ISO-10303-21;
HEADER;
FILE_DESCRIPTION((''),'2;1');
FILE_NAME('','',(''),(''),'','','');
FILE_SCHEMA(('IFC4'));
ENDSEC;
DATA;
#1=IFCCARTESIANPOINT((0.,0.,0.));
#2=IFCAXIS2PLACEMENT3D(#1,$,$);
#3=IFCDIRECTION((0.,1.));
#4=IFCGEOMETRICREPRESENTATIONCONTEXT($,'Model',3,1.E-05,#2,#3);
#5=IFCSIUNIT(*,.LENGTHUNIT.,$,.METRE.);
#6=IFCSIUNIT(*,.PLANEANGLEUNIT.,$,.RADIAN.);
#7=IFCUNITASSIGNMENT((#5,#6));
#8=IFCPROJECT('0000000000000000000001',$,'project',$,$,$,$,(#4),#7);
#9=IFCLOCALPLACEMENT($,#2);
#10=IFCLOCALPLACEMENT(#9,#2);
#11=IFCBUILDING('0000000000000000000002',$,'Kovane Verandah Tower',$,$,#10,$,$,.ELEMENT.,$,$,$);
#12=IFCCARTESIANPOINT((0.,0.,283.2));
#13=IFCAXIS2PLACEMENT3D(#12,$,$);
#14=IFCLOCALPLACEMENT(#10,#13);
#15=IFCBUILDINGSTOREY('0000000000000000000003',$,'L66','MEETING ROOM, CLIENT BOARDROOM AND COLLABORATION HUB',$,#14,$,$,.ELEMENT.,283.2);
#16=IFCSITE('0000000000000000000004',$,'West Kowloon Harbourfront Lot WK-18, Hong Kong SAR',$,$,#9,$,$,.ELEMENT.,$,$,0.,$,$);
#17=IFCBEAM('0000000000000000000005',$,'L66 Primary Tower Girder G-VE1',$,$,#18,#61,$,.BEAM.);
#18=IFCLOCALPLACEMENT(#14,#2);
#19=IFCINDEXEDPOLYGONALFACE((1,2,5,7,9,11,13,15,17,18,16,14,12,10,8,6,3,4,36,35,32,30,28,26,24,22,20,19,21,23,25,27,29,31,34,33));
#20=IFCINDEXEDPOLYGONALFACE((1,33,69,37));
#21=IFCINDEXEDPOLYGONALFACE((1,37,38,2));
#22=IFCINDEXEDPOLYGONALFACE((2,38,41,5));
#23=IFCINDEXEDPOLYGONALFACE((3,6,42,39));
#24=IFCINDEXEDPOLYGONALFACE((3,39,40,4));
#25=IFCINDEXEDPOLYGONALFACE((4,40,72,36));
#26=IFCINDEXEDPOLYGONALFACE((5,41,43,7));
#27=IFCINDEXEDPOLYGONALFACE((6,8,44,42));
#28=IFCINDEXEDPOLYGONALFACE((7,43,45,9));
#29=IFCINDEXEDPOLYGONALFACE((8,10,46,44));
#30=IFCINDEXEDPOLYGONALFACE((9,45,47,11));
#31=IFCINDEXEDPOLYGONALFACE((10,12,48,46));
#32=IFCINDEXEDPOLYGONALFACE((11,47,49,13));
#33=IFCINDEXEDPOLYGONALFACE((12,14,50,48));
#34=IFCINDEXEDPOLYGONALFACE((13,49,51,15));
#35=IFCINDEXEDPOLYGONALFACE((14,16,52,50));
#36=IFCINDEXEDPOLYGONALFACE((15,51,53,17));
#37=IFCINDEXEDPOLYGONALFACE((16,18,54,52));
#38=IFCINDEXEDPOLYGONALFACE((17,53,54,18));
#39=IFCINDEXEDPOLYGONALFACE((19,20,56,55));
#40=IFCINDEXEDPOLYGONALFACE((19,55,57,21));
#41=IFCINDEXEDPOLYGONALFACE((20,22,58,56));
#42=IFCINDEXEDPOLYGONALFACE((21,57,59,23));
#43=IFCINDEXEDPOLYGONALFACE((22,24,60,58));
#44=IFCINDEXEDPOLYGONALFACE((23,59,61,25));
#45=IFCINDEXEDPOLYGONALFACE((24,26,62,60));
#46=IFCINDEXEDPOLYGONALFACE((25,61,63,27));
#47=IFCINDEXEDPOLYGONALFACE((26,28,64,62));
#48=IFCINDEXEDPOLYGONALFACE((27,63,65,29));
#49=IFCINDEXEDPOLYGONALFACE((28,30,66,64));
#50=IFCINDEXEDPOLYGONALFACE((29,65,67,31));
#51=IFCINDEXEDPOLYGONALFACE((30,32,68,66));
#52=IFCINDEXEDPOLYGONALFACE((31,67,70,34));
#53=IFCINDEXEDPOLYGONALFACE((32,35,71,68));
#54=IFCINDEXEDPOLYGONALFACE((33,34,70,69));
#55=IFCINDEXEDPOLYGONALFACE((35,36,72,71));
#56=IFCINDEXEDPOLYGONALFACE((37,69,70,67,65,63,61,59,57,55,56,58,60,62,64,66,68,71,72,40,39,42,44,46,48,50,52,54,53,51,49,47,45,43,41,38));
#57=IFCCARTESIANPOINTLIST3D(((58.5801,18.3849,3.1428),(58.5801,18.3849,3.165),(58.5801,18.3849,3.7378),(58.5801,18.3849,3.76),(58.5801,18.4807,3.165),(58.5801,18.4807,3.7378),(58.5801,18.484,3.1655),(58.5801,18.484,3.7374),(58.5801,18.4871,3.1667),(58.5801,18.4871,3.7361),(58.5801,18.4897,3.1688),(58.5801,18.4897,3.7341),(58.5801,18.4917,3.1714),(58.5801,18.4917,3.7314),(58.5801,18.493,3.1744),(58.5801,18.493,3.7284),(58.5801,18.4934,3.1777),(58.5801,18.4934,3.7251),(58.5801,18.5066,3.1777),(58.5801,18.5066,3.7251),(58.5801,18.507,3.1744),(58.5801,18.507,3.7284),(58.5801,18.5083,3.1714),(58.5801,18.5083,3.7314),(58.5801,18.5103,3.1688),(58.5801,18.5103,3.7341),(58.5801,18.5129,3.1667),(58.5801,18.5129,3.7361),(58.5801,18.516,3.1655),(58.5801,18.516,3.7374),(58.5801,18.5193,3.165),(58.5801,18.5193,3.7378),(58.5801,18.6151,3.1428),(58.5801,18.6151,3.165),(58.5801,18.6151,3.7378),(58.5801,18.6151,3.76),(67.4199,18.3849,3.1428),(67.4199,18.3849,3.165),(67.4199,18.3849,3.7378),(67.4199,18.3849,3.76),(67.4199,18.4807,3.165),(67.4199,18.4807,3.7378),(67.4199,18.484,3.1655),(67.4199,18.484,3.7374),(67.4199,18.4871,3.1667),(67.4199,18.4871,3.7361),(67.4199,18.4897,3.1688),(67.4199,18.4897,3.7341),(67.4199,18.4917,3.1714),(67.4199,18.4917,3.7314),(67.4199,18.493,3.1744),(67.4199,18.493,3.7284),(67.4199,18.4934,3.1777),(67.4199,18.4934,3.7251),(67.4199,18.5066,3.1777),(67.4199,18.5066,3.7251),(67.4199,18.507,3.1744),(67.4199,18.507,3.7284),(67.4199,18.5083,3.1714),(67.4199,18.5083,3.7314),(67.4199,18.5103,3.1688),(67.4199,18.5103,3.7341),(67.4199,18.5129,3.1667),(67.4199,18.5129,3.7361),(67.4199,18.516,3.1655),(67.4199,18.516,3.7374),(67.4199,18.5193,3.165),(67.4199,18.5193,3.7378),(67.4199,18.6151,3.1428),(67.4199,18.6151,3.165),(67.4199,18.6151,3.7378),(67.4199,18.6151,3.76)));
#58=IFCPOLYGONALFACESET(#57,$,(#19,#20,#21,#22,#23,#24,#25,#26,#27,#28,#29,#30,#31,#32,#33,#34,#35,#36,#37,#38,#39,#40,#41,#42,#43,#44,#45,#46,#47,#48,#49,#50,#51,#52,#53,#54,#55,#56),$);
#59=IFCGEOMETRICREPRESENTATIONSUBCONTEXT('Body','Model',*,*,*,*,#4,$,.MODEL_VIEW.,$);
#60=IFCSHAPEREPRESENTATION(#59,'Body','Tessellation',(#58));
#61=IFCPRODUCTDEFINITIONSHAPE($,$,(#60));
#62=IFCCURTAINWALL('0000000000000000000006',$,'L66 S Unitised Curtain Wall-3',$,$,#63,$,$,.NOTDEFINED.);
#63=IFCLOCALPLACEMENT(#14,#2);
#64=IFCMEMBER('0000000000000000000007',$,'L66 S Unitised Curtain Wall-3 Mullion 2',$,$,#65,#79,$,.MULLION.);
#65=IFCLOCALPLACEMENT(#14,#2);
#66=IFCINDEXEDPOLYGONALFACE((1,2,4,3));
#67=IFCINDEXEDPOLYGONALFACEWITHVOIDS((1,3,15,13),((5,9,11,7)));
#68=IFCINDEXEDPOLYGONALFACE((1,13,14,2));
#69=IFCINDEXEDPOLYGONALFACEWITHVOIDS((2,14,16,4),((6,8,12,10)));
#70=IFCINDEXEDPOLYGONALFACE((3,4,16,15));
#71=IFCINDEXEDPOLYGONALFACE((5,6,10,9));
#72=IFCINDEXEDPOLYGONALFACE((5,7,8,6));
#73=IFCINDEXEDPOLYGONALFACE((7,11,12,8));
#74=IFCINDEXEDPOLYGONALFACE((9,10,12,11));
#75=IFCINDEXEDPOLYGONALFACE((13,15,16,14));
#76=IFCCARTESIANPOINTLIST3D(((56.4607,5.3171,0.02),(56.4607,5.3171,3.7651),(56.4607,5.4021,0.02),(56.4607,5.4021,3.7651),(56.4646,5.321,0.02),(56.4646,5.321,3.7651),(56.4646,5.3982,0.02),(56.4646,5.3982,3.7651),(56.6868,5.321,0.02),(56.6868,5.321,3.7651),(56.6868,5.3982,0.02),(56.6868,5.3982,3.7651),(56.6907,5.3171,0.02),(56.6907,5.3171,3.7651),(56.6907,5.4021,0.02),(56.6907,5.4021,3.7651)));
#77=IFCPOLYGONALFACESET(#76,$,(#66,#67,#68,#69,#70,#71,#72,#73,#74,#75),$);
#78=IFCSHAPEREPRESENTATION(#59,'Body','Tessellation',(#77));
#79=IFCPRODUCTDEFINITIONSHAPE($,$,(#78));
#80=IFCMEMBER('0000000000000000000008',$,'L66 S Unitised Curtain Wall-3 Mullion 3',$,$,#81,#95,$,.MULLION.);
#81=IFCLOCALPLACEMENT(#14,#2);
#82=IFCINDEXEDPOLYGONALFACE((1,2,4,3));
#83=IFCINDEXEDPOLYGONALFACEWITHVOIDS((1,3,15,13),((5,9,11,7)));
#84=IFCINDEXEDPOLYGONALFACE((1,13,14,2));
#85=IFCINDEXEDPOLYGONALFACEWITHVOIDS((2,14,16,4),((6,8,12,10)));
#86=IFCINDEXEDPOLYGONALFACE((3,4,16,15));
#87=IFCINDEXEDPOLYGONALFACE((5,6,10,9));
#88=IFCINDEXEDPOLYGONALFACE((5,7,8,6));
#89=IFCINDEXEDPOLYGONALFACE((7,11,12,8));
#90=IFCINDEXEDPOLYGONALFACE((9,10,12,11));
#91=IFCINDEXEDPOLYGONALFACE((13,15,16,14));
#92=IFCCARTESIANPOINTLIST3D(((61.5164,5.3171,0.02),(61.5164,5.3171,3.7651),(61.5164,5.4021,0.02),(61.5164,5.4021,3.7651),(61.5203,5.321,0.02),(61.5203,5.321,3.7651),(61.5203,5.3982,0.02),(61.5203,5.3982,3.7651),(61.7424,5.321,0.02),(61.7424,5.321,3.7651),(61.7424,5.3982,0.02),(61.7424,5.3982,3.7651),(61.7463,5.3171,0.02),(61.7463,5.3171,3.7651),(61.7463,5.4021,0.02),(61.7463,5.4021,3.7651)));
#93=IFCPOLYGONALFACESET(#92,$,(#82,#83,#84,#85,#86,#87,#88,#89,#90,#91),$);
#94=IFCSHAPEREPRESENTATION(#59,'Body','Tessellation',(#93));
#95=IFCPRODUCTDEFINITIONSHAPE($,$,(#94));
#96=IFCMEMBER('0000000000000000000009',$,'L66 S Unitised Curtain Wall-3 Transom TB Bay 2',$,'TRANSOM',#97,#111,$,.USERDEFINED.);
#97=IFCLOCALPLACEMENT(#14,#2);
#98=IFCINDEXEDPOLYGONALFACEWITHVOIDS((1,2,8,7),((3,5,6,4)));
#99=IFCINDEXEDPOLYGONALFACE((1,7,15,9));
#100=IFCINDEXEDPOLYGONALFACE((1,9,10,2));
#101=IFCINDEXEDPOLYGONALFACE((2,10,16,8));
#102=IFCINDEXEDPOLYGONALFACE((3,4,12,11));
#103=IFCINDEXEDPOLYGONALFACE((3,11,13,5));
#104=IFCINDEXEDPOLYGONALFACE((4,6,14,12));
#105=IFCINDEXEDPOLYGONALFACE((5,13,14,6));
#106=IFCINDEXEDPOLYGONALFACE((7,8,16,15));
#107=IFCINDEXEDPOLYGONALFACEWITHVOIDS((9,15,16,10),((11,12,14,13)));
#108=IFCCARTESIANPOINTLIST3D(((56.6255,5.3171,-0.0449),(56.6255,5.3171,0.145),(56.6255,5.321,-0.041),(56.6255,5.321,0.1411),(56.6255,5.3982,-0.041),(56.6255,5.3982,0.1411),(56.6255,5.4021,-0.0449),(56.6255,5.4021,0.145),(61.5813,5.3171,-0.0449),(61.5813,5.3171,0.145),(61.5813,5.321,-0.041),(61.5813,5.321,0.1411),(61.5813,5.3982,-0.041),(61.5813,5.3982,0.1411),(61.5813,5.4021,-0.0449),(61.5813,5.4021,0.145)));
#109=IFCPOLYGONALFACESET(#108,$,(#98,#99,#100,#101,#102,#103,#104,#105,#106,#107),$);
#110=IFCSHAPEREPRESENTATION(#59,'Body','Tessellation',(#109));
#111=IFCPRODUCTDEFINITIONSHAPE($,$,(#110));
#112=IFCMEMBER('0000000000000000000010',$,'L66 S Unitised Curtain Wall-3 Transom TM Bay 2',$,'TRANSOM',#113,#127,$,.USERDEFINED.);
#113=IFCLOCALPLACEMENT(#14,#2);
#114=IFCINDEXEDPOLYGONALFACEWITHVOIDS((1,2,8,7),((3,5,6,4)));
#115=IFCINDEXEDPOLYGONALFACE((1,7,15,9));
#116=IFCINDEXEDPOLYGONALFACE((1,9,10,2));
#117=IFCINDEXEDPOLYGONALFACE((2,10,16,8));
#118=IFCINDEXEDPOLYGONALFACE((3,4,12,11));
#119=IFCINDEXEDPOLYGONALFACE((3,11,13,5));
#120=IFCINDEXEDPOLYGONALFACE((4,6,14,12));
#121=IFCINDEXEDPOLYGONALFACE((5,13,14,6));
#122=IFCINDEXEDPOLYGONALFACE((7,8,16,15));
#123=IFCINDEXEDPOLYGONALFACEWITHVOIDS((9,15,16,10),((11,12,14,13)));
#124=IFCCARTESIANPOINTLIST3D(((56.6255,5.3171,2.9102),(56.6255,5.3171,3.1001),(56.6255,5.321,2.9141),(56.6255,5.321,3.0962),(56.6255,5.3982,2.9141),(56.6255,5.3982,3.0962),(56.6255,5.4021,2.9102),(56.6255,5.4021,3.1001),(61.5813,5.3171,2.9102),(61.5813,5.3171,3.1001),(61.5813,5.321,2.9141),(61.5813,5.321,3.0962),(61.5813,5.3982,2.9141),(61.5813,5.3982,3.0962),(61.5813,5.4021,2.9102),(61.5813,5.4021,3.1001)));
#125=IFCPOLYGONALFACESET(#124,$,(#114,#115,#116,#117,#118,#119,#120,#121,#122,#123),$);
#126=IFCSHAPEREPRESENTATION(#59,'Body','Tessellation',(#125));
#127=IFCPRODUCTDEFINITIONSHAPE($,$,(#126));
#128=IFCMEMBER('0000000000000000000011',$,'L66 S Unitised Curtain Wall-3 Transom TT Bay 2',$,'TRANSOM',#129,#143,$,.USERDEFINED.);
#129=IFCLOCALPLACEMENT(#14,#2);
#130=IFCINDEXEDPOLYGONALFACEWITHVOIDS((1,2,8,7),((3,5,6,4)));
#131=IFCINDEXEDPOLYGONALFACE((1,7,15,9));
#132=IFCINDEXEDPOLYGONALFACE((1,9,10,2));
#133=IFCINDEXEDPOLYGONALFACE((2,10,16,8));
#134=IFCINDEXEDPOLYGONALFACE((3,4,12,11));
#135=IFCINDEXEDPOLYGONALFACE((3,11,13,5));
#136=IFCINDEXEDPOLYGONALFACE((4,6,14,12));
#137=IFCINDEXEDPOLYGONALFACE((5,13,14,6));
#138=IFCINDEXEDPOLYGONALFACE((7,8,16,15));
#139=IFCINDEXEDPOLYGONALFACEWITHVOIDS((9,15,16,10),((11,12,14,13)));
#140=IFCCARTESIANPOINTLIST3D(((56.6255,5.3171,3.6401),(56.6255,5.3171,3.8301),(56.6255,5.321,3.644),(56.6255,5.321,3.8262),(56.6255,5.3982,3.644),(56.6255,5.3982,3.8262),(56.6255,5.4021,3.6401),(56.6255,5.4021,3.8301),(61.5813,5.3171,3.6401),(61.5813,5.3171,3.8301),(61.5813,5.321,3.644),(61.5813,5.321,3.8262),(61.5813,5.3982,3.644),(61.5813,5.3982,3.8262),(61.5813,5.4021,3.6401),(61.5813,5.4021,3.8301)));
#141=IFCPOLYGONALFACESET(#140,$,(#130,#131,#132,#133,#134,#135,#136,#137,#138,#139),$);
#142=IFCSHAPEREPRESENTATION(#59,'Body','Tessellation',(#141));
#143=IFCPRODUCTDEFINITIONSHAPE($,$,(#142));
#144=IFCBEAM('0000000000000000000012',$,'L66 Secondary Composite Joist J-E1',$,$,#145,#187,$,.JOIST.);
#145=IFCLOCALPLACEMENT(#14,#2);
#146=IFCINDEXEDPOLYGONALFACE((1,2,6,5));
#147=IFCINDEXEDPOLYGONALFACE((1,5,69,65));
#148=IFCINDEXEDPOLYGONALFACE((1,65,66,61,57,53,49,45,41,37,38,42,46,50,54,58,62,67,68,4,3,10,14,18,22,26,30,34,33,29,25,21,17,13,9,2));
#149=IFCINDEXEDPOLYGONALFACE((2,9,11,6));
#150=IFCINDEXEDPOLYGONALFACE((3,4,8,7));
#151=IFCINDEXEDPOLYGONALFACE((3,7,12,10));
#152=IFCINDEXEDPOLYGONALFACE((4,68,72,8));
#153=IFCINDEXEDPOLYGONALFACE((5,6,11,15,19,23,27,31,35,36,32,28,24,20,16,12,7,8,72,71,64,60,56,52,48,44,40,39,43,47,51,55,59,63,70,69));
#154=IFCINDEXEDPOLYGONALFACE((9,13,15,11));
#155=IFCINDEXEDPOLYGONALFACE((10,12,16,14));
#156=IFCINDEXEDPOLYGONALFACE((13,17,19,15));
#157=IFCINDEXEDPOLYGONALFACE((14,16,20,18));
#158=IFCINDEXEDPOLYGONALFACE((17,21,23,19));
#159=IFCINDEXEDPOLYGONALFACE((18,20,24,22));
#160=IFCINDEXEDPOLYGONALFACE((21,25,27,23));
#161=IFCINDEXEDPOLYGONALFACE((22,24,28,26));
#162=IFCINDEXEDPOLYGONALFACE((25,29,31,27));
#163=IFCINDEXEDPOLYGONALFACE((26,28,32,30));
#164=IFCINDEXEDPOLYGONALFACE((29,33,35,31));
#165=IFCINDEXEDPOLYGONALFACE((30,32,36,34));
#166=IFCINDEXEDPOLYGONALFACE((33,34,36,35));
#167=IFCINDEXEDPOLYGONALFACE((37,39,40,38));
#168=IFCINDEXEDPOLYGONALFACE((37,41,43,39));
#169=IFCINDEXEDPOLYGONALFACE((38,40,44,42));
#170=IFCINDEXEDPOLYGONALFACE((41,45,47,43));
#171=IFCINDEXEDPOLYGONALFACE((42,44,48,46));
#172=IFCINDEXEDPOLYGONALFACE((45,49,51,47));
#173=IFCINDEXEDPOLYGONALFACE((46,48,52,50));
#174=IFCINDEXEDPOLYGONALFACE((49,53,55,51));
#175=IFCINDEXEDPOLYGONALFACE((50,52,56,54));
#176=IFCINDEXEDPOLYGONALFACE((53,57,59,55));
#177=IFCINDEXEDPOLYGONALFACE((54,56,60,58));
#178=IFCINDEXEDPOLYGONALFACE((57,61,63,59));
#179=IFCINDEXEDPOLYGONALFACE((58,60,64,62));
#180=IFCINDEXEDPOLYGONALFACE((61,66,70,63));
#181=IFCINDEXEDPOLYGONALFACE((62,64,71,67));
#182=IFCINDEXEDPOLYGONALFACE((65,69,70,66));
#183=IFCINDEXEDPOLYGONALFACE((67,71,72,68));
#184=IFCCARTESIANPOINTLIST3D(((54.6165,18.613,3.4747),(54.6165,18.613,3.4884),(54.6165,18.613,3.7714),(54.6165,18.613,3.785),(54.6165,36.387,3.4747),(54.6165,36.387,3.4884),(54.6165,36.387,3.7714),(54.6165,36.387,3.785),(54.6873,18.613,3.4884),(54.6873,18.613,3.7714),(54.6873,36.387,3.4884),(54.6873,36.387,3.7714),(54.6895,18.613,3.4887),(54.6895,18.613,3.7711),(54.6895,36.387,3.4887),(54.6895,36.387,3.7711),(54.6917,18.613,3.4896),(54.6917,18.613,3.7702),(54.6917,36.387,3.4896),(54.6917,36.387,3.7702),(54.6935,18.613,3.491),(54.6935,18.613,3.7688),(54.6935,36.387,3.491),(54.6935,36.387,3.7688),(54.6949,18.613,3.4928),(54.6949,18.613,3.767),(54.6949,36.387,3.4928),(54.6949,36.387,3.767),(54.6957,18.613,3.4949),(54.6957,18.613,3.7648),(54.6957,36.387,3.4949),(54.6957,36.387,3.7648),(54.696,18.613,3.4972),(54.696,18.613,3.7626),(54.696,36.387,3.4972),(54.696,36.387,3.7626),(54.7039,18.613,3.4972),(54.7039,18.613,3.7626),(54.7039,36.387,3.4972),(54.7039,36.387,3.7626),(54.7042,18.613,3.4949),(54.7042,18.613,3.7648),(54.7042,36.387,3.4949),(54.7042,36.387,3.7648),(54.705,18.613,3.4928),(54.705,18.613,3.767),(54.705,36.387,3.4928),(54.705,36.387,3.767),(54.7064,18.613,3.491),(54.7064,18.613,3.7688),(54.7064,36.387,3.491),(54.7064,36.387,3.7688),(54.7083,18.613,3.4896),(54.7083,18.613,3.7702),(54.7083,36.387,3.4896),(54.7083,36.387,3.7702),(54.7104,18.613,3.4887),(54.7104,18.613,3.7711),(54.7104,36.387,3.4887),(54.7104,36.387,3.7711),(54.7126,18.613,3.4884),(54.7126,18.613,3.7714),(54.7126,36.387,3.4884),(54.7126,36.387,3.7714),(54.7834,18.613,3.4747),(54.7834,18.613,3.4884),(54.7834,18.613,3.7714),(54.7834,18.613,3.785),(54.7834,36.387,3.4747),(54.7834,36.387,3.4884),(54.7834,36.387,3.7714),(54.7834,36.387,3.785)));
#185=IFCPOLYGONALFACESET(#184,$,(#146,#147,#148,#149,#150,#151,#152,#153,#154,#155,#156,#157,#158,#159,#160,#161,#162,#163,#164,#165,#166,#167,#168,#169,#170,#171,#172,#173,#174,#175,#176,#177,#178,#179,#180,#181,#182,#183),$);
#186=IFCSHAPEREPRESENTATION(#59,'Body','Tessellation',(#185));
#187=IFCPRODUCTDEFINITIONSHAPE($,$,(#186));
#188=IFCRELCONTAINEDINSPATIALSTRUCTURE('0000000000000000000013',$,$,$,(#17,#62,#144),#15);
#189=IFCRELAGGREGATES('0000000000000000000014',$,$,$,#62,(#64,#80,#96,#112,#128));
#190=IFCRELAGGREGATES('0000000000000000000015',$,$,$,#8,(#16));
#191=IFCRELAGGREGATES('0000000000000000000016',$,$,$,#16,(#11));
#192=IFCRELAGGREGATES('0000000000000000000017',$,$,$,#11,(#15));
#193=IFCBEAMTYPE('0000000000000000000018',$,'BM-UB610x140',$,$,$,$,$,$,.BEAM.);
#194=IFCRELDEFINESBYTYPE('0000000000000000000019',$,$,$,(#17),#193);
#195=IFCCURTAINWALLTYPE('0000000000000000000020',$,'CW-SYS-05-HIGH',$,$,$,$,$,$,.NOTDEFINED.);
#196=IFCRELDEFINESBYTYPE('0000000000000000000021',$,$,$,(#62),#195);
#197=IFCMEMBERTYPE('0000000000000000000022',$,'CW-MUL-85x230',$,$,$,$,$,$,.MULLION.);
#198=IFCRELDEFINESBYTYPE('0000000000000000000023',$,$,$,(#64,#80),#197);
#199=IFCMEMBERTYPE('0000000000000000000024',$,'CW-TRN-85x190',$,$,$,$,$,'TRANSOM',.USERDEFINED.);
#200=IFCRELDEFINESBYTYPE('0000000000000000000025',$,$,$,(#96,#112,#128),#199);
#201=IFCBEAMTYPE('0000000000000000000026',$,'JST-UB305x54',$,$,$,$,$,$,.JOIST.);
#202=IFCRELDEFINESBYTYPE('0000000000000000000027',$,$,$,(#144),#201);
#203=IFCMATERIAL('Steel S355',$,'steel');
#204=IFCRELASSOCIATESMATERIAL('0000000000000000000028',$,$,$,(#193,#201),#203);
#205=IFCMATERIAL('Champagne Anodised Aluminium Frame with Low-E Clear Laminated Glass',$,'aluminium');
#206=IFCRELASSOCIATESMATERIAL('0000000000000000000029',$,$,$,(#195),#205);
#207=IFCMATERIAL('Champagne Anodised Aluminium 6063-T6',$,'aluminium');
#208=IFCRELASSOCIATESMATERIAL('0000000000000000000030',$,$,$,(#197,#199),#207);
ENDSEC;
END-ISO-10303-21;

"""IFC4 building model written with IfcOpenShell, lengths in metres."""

from ifc_helpers import new_model, si_unit, direction, frame, origin, origin_2d, place, context, subcontext, project, spatial, hollow_rectangle, i_section, extrude, material, material_profile, profile_set, type_object, element, aggregate, save


model = new_model("IFC4")

# Units and contexts
model_context = context("Model", 3, precision=1e-05, world=origin(), true_north=direction((0.0, 1.0)))
body_context = subcontext(model_context, "Body", "Model", "MODEL_VIEW")
ifc_project = project(units=[si_unit("LENGTHUNIT", "METRE"), si_unit("PLANEANGLEUNIT", "RADIAN")], contexts=[model_context])

# Site, building, storey
site_placement = place(None, origin())
site = spatial("IfcSite", under=ifc_project, at=site_placement, Name="West Kowloon Harbourfront Lot WK-18, Hong Kong SAR", CompositionType="ELEMENT", RefElevation=0.0)
building_placement = place(site_placement, origin())
building = spatial("IfcBuilding", under=site, at=building_placement, Name="Kovane Verandah Tower", CompositionType="ELEMENT")
storey_placement = place(building_placement, frame((0.0, 0.0, 283.2)))
storey = spatial("IfcBuildingStorey", under=building, at=storey_placement, Name="L66", Description="MEETING ROOM, CLIENT BOARDROOM AND COLLABORATION HUB", CompositionType="ELEMENT", Elevation=283.2)

# Beam
ifc_material_1 = material(Name="Steel S355", Category="steel")
ifc_material_profile_1 = material_profile(ifc_material_1, i_section(OverallWidth=0.2302, OverallDepth=0.6172, WebThickness=0.0132, FlangeThickness=0.0222, FilletRadius=0.0127, at=origin_2d()), Name="UB610x229x140")
ifc_profile_set_1 = profile_set([ifc_material_profile_1], Name="Steel S355")
beam_type_1 = type_object("IfcBeamType", Name="BM-UB610x140", PredefinedType="BEAM", material=ifc_profile_set_1)
beam_1_placement = place(storey_placement, frame((58.5801, 18.5, 3.4514), z_axis=(1.0, 0.0, 0.0), x_axis=(0.0, 1.0, 0.0)))
element("IfcBeam", 1, at=beam_1_placement, inside=storey, type_object=beam_type_1, Name="L66 Primary Tower Girder G-VE1", PredefinedType="BEAM", context=body_context, shape_type="SweptSolid", body=[
    extrude(i_section(OverallWidth=0.2302, OverallDepth=0.6172, WebThickness=0.0132, FlangeThickness=0.0222, FilletRadius=0.0127, at=origin_2d()), origin(), (0.0, 0.0, 1.0), 8.8398),
])

# Curtain wall, members
ifc_material_2 = material(Name="Champagne Anodised Aluminium Frame with Low-E Clear Laminated Glass", Category="aluminium")
curtain_wall_type = type_object("IfcCurtainWallType", Name="CW-SYS-05-HIGH", PredefinedType="NOTDEFINED", material=ifc_material_2)
curtain_wall_placement = place(storey_placement, origin())
curtain_wall = element("IfcCurtainWall", 2, at=curtain_wall_placement, inside=storey, type_object=curtain_wall_type, Name="L66 S Unitised Curtain Wall-3", PredefinedType="NOTDEFINED")
ifc_material_3 = material(Name="Champagne Anodised Aluminium 6063-T6", Category="aluminium")
ifc_material_profile_2 = material_profile(ifc_material_3, hollow_rectangle(XDim=0.085, YDim=0.23, WallThickness=0.0039, at=origin_2d()), Name="AL85x230x4")
ifc_profile_set_2 = profile_set([ifc_material_profile_2], Name="Champagne Anodised Aluminium 6063-T6")
member_type_1 = type_object("IfcMemberType", Name="CW-MUL-85x230", PredefinedType="MULLION", material=ifc_profile_set_2)
member_1_placement = place(storey_placement, frame((56.5757, 5.3596, 0.02), z_axis=(0.0, 0.0, 1.0), x_axis=(0.0, -1.0, 0.0)))
member_1 = element("IfcMember", 3, at=member_1_placement, type_object=member_type_1, Name="L66 S Unitised Curtain Wall-3 Mullion 2", PredefinedType="MULLION", context=body_context, shape_type="SweptSolid", body=[
    extrude(hollow_rectangle(XDim=0.085, YDim=0.23, WallThickness=0.0039, at=origin_2d()), origin(), (0.0, 0.0, 1.0), 3.7451),
])
member_2_placement = place(storey_placement, frame((61.6313, 5.3596, 0.02), z_axis=(0.0, 0.0, 1.0), x_axis=(0.0, -1.0, 0.0)))
member_2 = element("IfcMember", 4, at=member_2_placement, type_object=member_type_1, Name="L66 S Unitised Curtain Wall-3 Mullion 3", PredefinedType="MULLION", context=body_context, shape_type="SweptSolid", body=[
    extrude(hollow_rectangle(XDim=0.085, YDim=0.23, WallThickness=0.0039, at=origin_2d()), origin(), (0.0, 0.0, 1.0), 3.7451),
])
ifc_material_profile_3 = material_profile(ifc_material_3, hollow_rectangle(XDim=0.085, YDim=0.1899, WallThickness=0.0039, at=origin_2d()), Name="AL85x190x4")
ifc_profile_set_3 = profile_set([ifc_material_profile_3], Name="Champagne Anodised Aluminium 6063-T6")
member_type_2 = type_object("IfcMemberType", Name="CW-TRN-85x190", ElementType="TRANSOM", PredefinedType="USERDEFINED", material=ifc_profile_set_3)
member_3_placement = place(storey_placement, frame((56.6255, 5.3596, 0.05), z_axis=(1.0, 0.0, 0.0), x_axis=(0.0, 1.0, 0.0)))
member_3 = element("IfcMember", 5, at=member_3_placement, type_object=member_type_2, Name="L66 S Unitised Curtain Wall-3 Transom TB Bay 2", ObjectType="TRANSOM", PredefinedType="USERDEFINED", context=body_context, shape_type="SweptSolid", body=[
    extrude(hollow_rectangle(XDim=0.085, YDim=0.1899, WallThickness=0.0039, at=origin_2d()), origin(), (0.0, 0.0, 1.0), 4.9558),
])
member_4_placement = place(storey_placement, frame((56.6255, 5.3596, 3.0051), z_axis=(1.0, 0.0, 0.0), x_axis=(0.0, 1.0, 0.0)))
member_4 = element("IfcMember", 6, at=member_4_placement, type_object=member_type_2, Name="L66 S Unitised Curtain Wall-3 Transom TM Bay 2", ObjectType="TRANSOM", PredefinedType="USERDEFINED", context=body_context, shape_type="SweptSolid", body=[
    extrude(hollow_rectangle(XDim=0.085, YDim=0.1899, WallThickness=0.0039, at=origin_2d()), origin(), (0.0, 0.0, 1.0), 4.9558),
])
member_5_placement = place(storey_placement, frame((56.6255, 5.3596, 3.7351), z_axis=(1.0, 0.0, 0.0), x_axis=(0.0, 1.0, 0.0)))
member_5 = element("IfcMember", 7, at=member_5_placement, type_object=member_type_2, Name="L66 S Unitised Curtain Wall-3 Transom TT Bay 2", ObjectType="TRANSOM", PredefinedType="USERDEFINED", context=body_context, shape_type="SweptSolid", body=[
    extrude(hollow_rectangle(XDim=0.085, YDim=0.1899, WallThickness=0.0039, at=origin_2d()), origin(), (0.0, 0.0, 1.0), 4.9558),
])

# Beam
ifc_material_profile_4 = material_profile(ifc_material_1, i_section(OverallWidth=0.167, OverallDepth=0.3103, WebThickness=0.0078, FlangeThickness=0.0137, FilletRadius=0.0088, at=origin_2d()), Name="UB305x165x54")
ifc_profile_set_4 = profile_set([ifc_material_profile_4], Name="Steel S355")
beam_type_2 = type_object("IfcBeamType", Name="JST-UB305x54", PredefinedType="JOIST", material=ifc_profile_set_4)
beam_2_placement = place(storey_placement, frame((54.7, 18.613, 3.6299), z_axis=(0.0, 1.0, 0.0), x_axis=(-1.0, 0.0, 0.0)))
element("IfcBeam", 8, at=beam_2_placement, inside=storey, type_object=beam_type_2, Name="L66 Secondary Composite Joist J-E1", PredefinedType="JOIST", context=body_context, shape_type="SweptSolid", body=[
    extrude(i_section(OverallWidth=0.167, OverallDepth=0.3103, WebThickness=0.0078, FlangeThickness=0.0137, FilletRadius=0.0088, at=origin_2d()), origin(), (0.0, 0.0, 1.0), 17.7739),
])

aggregate(curtain_wall, [member_1, member_2, member_3, member_4, member_5])

save(model, "model.ifc")
